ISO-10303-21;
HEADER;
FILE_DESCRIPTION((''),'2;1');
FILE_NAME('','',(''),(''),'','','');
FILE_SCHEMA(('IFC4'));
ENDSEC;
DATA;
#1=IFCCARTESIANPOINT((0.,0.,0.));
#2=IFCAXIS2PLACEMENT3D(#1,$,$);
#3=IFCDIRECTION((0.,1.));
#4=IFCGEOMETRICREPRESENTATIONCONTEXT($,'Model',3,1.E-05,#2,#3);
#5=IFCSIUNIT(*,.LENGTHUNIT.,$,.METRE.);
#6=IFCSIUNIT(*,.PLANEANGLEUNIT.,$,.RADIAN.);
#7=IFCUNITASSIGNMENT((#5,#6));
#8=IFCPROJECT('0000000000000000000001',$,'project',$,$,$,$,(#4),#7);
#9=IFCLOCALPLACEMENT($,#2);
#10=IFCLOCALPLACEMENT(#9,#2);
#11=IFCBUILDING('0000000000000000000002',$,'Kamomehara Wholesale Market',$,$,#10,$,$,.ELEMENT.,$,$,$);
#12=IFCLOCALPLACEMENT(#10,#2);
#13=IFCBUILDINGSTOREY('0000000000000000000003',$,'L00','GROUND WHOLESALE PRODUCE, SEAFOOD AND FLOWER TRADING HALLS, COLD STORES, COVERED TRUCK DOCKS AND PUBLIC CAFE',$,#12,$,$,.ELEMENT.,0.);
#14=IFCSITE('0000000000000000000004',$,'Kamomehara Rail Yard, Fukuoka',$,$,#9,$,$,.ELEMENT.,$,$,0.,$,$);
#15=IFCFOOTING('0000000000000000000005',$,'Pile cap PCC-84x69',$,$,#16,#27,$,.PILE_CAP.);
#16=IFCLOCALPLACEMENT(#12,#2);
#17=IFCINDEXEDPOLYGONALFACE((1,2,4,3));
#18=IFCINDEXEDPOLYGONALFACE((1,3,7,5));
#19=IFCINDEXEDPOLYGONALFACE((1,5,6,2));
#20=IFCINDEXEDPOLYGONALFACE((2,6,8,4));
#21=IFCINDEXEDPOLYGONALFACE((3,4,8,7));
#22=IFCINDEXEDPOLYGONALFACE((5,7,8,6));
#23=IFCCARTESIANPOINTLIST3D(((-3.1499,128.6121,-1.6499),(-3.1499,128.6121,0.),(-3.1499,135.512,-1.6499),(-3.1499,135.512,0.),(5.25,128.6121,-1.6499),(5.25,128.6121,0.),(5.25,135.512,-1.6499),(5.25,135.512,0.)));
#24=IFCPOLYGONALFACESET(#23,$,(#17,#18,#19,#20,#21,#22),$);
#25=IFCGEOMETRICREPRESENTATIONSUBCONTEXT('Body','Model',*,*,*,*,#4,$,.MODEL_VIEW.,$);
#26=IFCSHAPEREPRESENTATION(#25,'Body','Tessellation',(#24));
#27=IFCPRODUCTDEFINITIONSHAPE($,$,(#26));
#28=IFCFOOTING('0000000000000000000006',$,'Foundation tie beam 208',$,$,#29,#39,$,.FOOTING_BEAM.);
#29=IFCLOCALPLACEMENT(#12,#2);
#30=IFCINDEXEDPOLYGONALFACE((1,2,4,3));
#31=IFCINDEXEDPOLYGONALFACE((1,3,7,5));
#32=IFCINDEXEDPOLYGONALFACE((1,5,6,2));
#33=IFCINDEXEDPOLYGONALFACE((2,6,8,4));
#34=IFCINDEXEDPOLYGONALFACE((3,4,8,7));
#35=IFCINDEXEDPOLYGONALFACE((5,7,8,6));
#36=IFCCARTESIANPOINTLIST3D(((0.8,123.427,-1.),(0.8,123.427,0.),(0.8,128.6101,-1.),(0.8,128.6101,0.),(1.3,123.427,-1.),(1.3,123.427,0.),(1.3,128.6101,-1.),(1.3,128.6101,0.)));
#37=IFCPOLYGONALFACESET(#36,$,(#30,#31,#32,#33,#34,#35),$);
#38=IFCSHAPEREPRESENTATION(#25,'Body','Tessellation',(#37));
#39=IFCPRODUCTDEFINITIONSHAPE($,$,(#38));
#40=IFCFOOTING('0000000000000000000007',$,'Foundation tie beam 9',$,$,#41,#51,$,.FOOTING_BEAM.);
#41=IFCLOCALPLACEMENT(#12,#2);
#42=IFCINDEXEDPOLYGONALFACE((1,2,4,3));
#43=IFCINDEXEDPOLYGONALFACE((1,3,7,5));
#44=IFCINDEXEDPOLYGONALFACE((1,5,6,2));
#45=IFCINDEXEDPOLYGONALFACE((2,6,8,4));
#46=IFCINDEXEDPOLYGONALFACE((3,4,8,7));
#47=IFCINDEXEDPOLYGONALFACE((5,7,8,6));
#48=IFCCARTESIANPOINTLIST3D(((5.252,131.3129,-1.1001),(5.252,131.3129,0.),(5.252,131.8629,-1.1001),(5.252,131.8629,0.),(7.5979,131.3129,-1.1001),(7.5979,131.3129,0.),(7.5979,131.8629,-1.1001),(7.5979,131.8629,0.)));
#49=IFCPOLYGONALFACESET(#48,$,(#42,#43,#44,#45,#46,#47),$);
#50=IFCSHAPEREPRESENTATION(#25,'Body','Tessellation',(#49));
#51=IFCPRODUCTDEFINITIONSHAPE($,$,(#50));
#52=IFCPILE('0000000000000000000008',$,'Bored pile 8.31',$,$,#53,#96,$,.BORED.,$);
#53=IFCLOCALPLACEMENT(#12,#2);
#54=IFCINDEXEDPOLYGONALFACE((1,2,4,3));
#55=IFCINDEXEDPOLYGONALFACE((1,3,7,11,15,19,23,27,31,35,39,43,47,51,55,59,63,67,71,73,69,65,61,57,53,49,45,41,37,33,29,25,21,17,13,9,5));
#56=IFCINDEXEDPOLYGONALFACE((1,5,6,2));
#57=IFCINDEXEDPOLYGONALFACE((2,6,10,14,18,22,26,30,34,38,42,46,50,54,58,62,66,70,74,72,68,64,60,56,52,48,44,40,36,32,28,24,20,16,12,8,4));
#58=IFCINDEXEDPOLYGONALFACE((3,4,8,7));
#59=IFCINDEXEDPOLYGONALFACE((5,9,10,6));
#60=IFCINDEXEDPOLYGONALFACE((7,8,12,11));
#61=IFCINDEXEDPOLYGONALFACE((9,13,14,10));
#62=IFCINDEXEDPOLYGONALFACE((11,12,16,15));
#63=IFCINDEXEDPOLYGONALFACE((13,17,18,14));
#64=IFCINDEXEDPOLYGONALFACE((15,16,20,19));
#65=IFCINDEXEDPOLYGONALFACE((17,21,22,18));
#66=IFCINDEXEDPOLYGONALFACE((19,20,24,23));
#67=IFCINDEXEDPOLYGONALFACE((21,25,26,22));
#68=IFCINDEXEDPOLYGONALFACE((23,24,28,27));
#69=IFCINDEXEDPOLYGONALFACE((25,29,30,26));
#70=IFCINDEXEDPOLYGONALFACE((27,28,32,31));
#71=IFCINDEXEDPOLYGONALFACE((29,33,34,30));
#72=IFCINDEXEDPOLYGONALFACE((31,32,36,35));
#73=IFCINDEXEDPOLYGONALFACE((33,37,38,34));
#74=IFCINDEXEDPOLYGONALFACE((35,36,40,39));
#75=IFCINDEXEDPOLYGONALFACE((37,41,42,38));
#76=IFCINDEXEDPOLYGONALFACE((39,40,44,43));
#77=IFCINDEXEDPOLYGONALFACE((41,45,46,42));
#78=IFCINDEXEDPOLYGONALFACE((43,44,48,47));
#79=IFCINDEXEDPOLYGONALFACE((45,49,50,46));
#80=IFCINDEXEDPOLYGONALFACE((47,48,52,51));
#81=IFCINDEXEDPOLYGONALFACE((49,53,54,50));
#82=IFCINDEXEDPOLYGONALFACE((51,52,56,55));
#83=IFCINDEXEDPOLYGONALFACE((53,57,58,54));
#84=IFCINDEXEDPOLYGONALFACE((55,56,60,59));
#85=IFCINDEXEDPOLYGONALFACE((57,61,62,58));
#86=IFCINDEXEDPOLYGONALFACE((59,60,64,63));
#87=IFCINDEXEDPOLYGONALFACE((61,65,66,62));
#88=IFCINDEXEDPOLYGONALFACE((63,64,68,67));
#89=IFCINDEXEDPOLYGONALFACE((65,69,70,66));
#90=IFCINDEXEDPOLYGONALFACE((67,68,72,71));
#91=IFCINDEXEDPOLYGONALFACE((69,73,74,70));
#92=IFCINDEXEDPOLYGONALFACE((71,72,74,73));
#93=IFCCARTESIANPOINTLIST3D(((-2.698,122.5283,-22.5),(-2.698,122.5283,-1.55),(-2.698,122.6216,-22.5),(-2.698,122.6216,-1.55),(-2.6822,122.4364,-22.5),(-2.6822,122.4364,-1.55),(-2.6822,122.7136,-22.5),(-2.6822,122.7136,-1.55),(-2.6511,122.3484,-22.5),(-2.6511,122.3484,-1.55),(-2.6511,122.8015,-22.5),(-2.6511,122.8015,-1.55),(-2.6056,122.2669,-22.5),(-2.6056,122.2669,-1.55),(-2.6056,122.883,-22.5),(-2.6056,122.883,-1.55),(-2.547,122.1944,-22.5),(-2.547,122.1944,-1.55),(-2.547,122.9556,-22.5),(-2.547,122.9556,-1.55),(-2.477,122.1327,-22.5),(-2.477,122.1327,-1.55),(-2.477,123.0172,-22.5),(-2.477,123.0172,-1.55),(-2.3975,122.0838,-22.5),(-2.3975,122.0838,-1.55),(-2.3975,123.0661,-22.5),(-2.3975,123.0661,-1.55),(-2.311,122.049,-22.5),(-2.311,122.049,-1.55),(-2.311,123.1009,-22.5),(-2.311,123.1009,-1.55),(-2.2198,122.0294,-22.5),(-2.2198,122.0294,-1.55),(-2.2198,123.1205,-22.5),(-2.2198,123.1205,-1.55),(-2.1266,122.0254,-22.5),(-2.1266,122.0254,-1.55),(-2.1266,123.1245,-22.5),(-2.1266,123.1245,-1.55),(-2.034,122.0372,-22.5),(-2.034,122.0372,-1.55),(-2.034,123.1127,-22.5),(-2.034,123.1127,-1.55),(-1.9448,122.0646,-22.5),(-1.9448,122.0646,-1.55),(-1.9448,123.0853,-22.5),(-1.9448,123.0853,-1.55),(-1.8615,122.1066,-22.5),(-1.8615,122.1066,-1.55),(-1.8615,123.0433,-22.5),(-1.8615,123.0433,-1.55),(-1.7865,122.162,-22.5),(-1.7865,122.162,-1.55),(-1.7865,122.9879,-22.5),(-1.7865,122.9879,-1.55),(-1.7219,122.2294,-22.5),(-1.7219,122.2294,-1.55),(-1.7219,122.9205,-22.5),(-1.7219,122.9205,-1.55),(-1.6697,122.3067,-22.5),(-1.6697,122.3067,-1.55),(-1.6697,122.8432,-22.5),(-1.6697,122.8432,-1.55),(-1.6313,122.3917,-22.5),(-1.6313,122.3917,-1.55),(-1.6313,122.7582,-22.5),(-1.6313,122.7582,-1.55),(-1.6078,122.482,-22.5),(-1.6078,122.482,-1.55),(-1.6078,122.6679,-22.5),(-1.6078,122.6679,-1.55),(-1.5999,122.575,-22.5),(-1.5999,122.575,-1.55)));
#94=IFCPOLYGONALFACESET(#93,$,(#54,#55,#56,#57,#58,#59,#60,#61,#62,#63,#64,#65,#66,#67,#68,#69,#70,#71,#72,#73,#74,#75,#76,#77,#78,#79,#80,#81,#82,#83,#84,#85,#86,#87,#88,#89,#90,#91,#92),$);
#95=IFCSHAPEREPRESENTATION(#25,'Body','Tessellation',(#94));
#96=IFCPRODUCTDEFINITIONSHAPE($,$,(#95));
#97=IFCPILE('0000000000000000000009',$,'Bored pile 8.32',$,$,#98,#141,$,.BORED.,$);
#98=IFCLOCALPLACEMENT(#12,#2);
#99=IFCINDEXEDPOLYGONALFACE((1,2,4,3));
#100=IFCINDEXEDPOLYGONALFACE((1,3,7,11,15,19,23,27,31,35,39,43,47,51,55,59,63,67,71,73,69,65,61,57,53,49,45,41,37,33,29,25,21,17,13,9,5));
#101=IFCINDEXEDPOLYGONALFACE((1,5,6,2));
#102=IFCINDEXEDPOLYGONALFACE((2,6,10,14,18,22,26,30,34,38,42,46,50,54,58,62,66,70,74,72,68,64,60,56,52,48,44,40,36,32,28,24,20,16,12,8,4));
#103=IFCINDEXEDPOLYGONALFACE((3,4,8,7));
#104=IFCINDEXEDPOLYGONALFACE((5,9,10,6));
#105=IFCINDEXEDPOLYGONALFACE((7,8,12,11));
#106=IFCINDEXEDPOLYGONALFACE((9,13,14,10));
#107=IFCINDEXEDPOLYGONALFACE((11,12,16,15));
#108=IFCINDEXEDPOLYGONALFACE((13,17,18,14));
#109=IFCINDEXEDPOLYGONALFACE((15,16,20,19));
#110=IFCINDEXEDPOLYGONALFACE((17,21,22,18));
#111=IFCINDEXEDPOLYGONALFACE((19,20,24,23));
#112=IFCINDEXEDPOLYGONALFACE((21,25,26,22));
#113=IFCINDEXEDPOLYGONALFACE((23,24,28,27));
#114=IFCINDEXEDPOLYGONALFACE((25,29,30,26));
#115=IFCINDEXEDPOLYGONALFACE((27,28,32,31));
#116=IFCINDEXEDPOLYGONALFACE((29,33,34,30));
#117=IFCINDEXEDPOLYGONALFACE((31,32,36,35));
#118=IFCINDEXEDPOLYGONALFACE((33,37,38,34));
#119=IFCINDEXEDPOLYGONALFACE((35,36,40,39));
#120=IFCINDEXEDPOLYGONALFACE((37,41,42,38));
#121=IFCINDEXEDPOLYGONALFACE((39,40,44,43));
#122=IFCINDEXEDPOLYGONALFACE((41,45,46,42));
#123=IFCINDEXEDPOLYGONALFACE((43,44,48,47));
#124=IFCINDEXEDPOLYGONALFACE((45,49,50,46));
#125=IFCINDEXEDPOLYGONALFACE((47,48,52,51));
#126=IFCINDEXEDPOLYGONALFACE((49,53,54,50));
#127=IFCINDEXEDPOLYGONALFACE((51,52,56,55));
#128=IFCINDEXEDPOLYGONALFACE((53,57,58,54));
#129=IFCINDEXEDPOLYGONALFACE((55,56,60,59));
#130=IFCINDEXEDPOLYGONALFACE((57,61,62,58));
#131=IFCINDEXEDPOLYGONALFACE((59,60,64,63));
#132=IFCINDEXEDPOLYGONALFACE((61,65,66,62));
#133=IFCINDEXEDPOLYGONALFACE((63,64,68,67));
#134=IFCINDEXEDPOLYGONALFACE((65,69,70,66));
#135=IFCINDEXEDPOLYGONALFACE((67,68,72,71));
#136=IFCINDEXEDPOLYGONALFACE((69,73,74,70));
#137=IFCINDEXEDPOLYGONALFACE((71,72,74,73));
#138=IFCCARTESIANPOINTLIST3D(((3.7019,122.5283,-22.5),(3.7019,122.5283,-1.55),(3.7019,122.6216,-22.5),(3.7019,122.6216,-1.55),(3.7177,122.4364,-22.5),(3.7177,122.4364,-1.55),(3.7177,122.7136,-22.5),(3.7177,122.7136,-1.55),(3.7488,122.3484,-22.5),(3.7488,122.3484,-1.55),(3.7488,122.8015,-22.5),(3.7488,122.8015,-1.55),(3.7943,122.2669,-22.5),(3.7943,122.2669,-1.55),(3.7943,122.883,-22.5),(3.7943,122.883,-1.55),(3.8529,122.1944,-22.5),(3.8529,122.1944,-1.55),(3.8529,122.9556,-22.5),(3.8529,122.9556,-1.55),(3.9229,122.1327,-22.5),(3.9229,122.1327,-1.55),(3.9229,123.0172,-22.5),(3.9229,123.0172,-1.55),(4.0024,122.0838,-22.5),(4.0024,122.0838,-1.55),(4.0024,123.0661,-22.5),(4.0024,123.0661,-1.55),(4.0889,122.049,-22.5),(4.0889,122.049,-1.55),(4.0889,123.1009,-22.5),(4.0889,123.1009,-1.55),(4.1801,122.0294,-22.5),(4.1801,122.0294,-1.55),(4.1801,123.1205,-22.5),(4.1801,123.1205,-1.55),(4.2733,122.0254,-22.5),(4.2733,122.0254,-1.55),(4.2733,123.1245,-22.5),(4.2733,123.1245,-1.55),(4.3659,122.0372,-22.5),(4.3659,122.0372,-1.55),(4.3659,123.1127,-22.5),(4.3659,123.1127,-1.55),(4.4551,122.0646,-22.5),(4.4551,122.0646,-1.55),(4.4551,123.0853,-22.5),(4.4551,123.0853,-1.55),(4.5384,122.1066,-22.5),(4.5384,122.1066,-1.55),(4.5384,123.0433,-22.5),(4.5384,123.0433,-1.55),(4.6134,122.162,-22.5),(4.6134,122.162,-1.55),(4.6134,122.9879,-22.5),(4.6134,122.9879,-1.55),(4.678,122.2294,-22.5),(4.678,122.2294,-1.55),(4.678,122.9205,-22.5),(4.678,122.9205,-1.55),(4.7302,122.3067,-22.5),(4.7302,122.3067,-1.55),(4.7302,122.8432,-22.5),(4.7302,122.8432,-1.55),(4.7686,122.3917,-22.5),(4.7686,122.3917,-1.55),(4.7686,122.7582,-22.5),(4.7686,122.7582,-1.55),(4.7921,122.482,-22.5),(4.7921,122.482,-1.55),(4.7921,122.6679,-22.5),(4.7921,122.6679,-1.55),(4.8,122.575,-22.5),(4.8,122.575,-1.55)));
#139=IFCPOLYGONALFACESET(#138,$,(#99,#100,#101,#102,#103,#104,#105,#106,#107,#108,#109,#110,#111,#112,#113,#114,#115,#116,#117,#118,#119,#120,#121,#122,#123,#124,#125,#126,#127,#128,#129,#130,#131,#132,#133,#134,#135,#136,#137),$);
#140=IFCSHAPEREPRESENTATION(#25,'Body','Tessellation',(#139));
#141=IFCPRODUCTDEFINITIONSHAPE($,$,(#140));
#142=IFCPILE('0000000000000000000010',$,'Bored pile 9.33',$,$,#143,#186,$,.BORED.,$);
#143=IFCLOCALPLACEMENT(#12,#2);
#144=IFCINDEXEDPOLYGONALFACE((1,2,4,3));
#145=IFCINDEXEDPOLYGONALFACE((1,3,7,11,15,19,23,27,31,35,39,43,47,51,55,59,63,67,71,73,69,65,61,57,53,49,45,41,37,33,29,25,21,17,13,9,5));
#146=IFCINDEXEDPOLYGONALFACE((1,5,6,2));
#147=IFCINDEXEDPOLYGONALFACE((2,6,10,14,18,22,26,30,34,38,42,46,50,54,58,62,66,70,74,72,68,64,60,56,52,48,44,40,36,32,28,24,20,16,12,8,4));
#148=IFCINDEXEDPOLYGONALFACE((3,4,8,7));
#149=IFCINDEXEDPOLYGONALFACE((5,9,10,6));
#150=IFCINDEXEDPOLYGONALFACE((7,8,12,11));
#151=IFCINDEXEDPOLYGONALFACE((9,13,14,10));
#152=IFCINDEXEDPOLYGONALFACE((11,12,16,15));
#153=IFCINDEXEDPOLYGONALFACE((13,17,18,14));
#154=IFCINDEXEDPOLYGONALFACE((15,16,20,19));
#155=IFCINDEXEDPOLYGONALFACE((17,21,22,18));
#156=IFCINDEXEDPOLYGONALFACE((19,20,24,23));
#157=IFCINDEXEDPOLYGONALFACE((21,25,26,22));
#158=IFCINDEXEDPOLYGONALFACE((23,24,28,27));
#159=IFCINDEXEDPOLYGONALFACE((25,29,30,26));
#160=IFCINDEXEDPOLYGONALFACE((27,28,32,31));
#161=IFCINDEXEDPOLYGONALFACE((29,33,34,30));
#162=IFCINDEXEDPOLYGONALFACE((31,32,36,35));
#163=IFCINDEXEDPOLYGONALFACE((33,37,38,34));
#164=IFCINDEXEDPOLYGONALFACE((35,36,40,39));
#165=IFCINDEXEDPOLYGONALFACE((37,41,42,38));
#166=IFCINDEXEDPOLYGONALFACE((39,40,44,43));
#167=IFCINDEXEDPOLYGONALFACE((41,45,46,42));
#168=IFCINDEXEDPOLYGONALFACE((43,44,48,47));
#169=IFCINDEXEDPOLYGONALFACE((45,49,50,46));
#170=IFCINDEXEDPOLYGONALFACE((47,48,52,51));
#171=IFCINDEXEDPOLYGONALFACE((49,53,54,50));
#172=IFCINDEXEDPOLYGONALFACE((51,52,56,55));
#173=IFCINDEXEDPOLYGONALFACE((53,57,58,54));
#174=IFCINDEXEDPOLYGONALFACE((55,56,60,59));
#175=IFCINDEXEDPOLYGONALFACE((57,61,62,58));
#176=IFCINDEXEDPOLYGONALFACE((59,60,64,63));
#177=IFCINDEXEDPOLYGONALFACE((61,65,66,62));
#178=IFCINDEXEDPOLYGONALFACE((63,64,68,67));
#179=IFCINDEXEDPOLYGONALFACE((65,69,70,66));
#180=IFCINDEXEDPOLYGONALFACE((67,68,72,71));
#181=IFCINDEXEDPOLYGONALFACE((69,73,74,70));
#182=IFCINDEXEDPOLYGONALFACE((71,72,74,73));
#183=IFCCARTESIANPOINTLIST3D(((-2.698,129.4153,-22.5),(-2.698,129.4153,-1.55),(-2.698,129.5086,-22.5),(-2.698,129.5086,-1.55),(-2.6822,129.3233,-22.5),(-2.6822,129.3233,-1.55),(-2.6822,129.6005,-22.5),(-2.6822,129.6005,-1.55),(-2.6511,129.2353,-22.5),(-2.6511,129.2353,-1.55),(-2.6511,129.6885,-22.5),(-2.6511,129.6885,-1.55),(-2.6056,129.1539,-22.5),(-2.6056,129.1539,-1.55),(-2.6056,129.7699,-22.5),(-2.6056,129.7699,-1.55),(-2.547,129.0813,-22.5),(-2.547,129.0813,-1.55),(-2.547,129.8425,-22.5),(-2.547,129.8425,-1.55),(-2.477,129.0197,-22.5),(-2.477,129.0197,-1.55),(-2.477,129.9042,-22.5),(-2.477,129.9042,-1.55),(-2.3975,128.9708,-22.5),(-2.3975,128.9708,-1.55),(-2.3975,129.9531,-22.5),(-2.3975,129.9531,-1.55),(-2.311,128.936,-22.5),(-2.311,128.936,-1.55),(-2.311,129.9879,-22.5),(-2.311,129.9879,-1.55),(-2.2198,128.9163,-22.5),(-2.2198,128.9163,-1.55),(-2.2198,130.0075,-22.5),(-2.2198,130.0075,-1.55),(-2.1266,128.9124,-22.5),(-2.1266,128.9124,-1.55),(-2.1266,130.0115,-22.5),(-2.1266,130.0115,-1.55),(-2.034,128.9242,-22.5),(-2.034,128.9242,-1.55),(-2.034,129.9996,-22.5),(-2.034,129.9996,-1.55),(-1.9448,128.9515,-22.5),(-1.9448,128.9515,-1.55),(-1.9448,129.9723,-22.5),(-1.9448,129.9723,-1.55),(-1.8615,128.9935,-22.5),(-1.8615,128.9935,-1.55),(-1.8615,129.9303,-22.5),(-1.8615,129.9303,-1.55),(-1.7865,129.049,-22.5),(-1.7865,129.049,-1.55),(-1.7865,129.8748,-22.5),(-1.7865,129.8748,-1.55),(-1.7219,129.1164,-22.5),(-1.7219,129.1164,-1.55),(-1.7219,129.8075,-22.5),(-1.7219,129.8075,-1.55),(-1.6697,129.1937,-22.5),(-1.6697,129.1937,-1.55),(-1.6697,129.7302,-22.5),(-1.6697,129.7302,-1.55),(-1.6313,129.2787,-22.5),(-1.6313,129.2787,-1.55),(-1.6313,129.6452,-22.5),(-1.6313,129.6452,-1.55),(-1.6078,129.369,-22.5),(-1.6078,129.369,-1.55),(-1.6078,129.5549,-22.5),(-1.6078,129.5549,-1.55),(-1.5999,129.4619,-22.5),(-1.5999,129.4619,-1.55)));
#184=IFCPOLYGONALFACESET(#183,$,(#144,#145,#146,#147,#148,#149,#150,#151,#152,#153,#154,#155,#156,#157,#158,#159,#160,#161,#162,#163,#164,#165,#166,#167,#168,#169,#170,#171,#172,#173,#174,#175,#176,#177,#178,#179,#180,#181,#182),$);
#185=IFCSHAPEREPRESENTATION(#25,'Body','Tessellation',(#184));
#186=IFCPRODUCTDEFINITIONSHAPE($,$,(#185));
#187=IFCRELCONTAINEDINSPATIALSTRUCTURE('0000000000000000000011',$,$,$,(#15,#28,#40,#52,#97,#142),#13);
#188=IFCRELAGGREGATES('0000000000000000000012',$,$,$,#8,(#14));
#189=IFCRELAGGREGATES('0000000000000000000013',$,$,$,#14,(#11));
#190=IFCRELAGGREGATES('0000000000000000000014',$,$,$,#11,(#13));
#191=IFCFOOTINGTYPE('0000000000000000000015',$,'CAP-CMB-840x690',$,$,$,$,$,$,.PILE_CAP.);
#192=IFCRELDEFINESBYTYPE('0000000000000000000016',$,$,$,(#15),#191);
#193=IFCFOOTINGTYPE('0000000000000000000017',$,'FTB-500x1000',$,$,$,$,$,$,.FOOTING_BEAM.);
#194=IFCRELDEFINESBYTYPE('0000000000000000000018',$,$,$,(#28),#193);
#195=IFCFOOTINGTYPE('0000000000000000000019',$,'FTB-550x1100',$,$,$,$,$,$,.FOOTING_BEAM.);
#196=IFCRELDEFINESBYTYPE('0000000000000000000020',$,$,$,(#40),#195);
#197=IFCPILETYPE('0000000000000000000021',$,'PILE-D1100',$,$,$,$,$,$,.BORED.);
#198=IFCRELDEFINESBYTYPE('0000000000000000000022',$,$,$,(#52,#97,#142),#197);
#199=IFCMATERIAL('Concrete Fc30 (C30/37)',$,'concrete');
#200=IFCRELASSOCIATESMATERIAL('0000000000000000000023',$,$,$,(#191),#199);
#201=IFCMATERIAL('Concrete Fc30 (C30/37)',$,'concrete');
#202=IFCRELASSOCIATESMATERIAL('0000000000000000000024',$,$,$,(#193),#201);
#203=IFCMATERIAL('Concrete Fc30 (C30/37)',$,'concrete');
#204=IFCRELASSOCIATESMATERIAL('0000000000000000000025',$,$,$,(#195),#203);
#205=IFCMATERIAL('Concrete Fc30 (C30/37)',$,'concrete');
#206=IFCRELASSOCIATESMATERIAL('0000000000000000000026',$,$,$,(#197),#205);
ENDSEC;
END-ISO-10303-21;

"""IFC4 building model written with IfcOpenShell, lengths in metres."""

from ifc_helpers import new_model, si_unit, direction, frame, origin, origin_2d, place, context, subcontext, project, spatial, rectangle, circle, extrude, material, material_profile, profile_set, type_object, element, save


model = new_model("IFC4")

# Units and contexts
model_context = context("Model", 3, precision=1e-05, world=origin(), true_north=direction((0.0, 1.0)))
body_context = subcontext(model_context, "Body", "Model", "MODEL_VIEW")
ifc_project = project(units=[si_unit("LENGTHUNIT", "METRE"), si_unit("PLANEANGLEUNIT", "RADIAN")], contexts=[model_context])

# Site, building, storey
site_placement = place(None, origin())
site = spatial("IfcSite", under=ifc_project, at=site_placement, Name="Kamomehara Rail Yard, Fukuoka", CompositionType="ELEMENT", RefElevation=0.0)
building_placement = place(site_placement, origin())
building = spatial("IfcBuilding", under=site, at=building_placement, Name="Kamomehara Wholesale Market", CompositionType="ELEMENT")
storey_placement = place(building_placement, origin())
storey = spatial("IfcBuildingStorey", under=building, at=storey_placement, Name="L00", Description="GROUND WHOLESALE PRODUCE, SEAFOOD AND FLOWER TRADING HALLS, COLD STORES, COVERED TRUCK DOCKS AND PUBLIC CAFE", CompositionType="ELEMENT", Elevation=0.0)

# Footings
ifc_material_1 = material(Name="Concrete Fc30 (C30/37)", Category="concrete")
footing_type_1 = type_object("IfcFootingType", Name="CAP-CMB-840x690", PredefinedType="PILE_CAP", material=ifc_material_1)
footing_1_placement = place(storey_placement, frame((1.05, 132.062, -1.6499), z_axis=(0.0, 0.0, 1.0), x_axis=(1.0, 0.0, 0.0)))
element("IfcFooting", 1, at=footing_1_placement, inside=storey, type_object=footing_type_1, Name="Pile cap PCC-84x69", PredefinedType="PILE_CAP", context=body_context, shape_type="SweptSolid", body=[
    extrude(rectangle(XDim=8.3999, YDim=6.8999, at=origin_2d()), origin(), (0.0, 0.0, 1.0), 1.6499),
])
ifc_material_2 = material(Name="Concrete Fc30 (C30/37)", Category="concrete")
ifc_material_profile_1 = material_profile(ifc_material_2, rectangle(XDim=0.5, YDim=1.0, at=origin_2d()), Name="RC-FTB-500x1000")
ifc_profile_set_1 = profile_set([ifc_material_profile_1], Name="Concrete Fc30 (C30/37)")
footing_type_2 = type_object("IfcFootingType", Name="FTB-500x1000", PredefinedType="FOOTING_BEAM", material=ifc_profile_set_1)
footing_2_placement = place(storey_placement, frame((1.05, 123.427, -0.5), z_axis=(0.0, 1.0, 0.0), x_axis=(-1.0, 0.0, 0.0)))
element("IfcFooting", 2, at=footing_2_placement, inside=storey, type_object=footing_type_2, Name="Foundation tie beam 208", PredefinedType="FOOTING_BEAM", context=body_context, shape_type="SweptSolid", body=[
    extrude(rectangle(XDim=0.5, YDim=1.0, at=origin_2d()), origin(), (0.0, 0.0, 1.0), 5.1831),
])
ifc_material_3 = material(Name="Concrete Fc30 (C30/37)", Category="concrete")
ifc_material_profile_2 = material_profile(ifc_material_3, rectangle(XDim=0.55, YDim=1.1001, at=origin_2d()), Name="RC-FTB-550x1100")
ifc_profile_set_2 = profile_set([ifc_material_profile_2], Name="Concrete Fc30 (C30/37)")
footing_type_3 = type_object("IfcFootingType", Name="FTB-550x1100", PredefinedType="FOOTING_BEAM", material=ifc_profile_set_2)
footing_3_placement = place(storey_placement, frame((5.252, 131.5879, -0.55), z_axis=(1.0, 0.0, 0.0), x_axis=(0.0, 1.0, 0.0)))
element("IfcFooting", 3, at=footing_3_placement, inside=storey, type_object=footing_type_3, Name="Foundation tie beam 9", PredefinedType="FOOTING_BEAM", context=body_context, shape_type="SweptSolid", body=[
    extrude(rectangle(XDim=0.55, YDim=1.1001, at=origin_2d()), origin(), (0.0, 0.0, 1.0), 2.3459),
])

# Piles
ifc_material_4 = material(Name="Concrete Fc30 (C30/37)", Category="concrete")
ifc_material_profile_3 = material_profile(ifc_material_4, circle(Radius=0.55, at=origin_2d()), Name="RC-PILE-D1100")
ifc_profile_set_3 = profile_set([ifc_material_profile_3], Name="Concrete Fc30 (C30/37)")
pile_type = type_object("IfcPileType", Name="PILE-D1100", PredefinedType="BORED", material=ifc_profile_set_3)
for number, where, z_axis, x_axis, name in (
    (4, (-2.1499, 122.575, -1.55), (0.0, 0.0, -1.0), (1.0, 0.0, 0.0), "Bored pile 8.31"),
    (5, (4.25, 122.575, -1.55), (0.0, 0.0, -1.0), (1.0, 0.0, 0.0), "Bored pile 8.32"),
    (6, (-2.1499, 129.4619, -1.55), (0.0, 0.0, -1.0), (1.0, 0.0, 0.0), "Bored pile 9.33"),
):
    element("IfcPile", number, at=place(storey_placement, frame(where, z_axis=z_axis, x_axis=x_axis)), inside=storey, type_object=pile_type, Name=name, PredefinedType="BORED", context=body_context, shape_type="SweptSolid", body=[
        extrude(circle(Radius=0.55, at=origin_2d()), origin(), (0.0, 0.0, 1.0), 20.95),
    ])

save(model, "model.ifc")
